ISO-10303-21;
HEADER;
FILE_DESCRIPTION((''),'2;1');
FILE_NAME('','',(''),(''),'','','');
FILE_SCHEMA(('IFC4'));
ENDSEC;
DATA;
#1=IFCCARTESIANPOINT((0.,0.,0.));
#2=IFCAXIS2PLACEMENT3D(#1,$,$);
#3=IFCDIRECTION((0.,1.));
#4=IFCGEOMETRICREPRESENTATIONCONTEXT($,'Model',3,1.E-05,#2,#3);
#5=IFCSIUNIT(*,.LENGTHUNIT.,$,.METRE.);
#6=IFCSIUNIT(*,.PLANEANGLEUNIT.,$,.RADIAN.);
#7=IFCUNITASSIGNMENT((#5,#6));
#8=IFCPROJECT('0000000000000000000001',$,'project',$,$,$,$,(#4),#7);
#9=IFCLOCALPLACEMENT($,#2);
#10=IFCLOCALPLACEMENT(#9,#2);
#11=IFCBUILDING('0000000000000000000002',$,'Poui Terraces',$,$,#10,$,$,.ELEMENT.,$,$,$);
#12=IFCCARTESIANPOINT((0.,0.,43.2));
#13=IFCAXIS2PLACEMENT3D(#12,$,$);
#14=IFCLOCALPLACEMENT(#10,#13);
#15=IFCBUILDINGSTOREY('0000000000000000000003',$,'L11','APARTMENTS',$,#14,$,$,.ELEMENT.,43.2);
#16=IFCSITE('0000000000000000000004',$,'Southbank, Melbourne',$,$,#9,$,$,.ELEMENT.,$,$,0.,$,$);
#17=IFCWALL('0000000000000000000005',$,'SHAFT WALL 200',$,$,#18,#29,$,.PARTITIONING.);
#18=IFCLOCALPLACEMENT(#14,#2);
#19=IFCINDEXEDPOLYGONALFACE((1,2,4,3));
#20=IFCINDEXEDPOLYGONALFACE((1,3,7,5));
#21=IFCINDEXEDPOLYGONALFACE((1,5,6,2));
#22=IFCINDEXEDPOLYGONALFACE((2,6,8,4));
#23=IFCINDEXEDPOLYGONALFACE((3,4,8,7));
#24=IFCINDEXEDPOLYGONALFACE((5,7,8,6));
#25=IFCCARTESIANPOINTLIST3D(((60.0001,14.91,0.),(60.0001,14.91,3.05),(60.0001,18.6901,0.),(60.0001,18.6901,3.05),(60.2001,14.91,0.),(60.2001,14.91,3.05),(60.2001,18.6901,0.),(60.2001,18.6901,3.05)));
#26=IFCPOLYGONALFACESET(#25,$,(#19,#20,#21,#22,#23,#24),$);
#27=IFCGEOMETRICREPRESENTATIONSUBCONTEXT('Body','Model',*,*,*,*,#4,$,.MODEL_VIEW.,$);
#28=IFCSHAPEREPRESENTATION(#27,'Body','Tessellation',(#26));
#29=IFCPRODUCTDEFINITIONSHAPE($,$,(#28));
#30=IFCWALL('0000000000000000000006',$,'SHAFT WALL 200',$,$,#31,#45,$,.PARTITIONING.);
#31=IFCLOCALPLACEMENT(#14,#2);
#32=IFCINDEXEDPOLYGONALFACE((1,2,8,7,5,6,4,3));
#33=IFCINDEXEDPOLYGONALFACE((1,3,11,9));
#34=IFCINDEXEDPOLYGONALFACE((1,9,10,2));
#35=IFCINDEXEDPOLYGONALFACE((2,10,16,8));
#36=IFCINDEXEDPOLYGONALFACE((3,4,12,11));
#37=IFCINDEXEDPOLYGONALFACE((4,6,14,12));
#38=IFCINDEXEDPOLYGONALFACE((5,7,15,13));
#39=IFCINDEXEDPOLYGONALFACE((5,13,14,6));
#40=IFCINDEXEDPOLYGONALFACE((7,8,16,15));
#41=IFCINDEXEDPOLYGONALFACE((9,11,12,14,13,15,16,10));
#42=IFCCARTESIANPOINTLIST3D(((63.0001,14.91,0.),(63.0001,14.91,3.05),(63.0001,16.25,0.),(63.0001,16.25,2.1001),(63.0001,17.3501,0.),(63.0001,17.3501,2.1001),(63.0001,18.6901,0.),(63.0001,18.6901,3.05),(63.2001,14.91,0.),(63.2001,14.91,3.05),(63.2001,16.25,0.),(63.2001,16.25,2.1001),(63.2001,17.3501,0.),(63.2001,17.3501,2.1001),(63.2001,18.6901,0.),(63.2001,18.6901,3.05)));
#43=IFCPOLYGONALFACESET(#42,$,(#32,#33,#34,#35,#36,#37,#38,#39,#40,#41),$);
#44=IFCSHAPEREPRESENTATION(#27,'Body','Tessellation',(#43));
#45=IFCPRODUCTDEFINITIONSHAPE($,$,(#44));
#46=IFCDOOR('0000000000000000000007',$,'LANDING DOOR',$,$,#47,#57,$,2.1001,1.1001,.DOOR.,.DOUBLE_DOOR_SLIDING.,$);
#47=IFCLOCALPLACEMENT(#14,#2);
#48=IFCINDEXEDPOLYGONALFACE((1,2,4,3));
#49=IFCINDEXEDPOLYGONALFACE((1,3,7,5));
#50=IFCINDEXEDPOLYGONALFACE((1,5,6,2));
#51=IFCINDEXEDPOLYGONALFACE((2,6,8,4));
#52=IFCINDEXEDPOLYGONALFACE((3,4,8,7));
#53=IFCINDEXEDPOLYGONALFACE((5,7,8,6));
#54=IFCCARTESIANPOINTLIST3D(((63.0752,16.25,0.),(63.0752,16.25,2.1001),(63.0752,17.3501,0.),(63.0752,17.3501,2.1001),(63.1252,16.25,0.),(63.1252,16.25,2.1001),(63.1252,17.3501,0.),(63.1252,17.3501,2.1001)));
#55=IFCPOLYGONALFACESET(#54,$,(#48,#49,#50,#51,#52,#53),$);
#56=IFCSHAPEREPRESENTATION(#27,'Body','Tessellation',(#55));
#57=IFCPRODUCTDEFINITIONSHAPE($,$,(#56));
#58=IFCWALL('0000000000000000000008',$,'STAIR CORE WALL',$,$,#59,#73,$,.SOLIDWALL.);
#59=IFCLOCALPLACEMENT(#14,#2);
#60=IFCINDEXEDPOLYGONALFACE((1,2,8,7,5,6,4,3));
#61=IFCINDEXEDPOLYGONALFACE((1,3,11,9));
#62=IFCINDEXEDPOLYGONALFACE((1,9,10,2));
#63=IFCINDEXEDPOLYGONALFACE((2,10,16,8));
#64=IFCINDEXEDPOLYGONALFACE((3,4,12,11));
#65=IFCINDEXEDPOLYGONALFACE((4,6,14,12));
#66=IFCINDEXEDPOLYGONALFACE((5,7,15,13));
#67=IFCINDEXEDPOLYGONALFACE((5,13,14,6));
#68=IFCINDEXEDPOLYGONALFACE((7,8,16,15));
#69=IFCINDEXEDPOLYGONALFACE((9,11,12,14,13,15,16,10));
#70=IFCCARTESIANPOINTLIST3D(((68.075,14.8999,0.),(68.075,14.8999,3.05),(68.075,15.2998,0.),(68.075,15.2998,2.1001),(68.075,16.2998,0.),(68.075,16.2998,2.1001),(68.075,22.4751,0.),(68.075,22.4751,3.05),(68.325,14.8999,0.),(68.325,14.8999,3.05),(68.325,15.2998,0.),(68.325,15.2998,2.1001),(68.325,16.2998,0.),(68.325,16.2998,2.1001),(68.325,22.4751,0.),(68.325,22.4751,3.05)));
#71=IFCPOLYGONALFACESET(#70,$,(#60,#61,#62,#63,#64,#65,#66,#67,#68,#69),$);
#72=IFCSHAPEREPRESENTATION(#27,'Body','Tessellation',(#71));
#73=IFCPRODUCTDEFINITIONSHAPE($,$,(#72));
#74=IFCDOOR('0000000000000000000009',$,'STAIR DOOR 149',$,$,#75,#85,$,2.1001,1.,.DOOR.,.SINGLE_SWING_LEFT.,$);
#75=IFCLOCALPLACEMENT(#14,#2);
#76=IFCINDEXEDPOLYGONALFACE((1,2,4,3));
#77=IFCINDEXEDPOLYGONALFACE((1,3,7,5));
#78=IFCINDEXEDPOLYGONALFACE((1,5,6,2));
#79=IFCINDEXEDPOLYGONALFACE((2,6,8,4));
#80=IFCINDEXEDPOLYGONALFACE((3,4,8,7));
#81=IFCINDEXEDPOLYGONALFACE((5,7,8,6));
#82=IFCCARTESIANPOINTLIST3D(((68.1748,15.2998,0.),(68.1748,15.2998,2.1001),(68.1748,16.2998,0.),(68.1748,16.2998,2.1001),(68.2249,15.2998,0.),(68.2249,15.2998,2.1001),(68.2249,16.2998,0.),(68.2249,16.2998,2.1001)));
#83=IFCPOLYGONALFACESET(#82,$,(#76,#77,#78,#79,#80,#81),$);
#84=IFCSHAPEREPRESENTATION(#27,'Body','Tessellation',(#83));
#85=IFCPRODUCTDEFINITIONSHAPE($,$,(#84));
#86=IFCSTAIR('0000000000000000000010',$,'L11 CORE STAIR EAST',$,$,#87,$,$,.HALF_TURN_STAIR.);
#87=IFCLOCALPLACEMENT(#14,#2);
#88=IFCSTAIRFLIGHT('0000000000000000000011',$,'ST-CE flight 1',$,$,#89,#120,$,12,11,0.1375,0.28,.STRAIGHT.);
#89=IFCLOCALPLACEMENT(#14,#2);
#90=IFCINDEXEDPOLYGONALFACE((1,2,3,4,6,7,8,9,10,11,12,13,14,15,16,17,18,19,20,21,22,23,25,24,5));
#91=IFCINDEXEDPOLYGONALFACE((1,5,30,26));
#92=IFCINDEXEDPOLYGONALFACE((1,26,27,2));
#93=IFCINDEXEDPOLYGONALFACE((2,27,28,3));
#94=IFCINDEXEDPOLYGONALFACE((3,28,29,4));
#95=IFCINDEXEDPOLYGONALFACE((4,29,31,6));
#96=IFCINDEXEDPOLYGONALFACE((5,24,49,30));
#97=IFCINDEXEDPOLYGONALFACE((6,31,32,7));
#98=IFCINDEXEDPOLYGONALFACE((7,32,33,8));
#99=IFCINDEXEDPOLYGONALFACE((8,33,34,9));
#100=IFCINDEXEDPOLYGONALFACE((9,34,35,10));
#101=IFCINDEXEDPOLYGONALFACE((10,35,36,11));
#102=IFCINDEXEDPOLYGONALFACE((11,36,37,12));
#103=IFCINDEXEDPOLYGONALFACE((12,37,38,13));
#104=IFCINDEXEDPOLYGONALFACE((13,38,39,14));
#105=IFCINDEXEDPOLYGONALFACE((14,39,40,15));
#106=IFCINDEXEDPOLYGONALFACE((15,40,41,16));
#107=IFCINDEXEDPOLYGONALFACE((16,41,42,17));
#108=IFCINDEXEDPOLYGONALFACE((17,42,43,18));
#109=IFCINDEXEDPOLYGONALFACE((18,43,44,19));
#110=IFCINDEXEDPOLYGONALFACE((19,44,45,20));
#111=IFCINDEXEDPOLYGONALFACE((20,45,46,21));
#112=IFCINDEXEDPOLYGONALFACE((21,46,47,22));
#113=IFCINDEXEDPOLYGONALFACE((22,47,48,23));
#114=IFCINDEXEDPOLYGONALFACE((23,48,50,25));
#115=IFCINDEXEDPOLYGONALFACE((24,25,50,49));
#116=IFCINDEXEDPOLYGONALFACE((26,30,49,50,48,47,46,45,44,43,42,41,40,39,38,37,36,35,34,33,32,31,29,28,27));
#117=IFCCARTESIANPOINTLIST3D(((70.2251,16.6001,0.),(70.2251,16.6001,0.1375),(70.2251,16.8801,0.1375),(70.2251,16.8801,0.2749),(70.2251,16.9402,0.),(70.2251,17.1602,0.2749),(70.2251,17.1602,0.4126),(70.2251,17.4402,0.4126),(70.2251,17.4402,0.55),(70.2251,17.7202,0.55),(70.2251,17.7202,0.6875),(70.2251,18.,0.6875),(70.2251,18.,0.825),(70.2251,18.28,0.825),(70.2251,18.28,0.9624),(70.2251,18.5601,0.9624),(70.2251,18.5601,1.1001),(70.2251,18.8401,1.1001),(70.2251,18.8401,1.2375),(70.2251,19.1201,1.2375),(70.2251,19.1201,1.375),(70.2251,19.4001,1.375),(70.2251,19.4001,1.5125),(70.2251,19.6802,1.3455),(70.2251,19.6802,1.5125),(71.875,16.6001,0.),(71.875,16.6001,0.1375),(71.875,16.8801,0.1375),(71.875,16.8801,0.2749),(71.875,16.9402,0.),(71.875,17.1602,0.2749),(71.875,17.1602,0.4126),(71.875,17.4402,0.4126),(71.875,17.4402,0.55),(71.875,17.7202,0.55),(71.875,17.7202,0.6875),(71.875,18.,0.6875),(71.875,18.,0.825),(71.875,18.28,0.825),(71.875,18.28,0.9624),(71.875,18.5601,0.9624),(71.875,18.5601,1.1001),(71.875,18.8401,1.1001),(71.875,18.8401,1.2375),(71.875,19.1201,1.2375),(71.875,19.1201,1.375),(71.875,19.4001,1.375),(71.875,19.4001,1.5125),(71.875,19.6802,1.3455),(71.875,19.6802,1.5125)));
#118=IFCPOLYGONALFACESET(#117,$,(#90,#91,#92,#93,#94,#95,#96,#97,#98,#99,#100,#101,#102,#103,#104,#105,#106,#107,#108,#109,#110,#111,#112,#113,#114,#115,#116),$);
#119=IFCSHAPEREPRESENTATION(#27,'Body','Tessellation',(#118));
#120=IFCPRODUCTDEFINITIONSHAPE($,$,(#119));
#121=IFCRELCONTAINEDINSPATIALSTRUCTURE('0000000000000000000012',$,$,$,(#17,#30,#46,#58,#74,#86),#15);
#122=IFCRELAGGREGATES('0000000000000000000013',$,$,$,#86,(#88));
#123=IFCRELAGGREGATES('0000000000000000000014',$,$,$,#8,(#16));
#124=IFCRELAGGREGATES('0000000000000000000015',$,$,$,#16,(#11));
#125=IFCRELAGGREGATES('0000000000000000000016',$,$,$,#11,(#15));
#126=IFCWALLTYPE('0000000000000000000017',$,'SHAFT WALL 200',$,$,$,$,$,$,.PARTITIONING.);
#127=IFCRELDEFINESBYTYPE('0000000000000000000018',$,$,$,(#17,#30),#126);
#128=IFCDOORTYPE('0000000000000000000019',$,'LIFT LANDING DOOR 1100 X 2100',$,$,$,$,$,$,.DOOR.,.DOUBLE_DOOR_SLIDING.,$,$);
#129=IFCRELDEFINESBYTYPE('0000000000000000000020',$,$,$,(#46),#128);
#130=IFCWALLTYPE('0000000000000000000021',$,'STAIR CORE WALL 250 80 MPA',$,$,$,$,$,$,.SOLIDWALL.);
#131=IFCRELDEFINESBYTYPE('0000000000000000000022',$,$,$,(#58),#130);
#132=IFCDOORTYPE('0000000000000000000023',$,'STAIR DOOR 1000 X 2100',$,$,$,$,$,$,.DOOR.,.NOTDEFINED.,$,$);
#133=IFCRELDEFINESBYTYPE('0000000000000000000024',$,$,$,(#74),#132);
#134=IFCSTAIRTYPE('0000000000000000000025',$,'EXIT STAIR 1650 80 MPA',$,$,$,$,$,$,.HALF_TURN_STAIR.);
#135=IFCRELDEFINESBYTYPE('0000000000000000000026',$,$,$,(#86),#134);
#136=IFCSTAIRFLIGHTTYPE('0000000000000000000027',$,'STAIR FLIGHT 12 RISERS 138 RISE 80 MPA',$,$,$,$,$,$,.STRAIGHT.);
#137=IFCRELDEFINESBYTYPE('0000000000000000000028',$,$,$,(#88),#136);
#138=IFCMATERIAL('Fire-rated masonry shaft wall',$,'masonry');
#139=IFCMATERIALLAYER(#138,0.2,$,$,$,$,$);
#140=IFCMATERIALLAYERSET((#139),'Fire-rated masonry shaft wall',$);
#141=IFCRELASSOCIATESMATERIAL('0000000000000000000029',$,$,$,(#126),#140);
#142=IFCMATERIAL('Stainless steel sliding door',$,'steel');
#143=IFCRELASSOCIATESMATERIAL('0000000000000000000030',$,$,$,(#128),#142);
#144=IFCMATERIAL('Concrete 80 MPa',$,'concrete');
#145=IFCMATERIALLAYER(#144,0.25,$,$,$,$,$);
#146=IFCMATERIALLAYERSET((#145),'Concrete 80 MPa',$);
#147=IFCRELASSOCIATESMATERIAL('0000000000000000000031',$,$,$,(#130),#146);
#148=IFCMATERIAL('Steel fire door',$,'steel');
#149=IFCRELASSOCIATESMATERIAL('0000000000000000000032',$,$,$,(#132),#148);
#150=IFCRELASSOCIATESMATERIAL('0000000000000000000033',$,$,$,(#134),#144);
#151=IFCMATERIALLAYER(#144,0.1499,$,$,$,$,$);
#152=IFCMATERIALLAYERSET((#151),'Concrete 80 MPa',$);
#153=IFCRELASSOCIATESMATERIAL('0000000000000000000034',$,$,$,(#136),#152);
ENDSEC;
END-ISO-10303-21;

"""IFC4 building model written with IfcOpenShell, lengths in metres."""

from ifc_helpers import new_model, si_unit, direction, frame, frame_2d, origin, place, context, subcontext, project, spatial, polyline, rectangle, outline, extrude, material, layer, layer_set, type_object, element, fill, aggregate, save


model = new_model("IFC4")

# Units and contexts
model_context = context("Model", 3, precision=1e-05, world=origin(), true_north=direction((0.0, 1.0)))
body_context = subcontext(model_context, "Body", "Model", "MODEL_VIEW")
ifc_project = project(units=[si_unit("LENGTHUNIT", "METRE"), si_unit("PLANEANGLEUNIT", "RADIAN")], contexts=[model_context])

# Site, building, storey
site_placement = place(None, origin())
site = spatial("IfcSite", under=ifc_project, at=site_placement, Name="Southbank, Melbourne", CompositionType="ELEMENT", RefElevation=0.0)
building_placement = place(site_placement, origin())
building = spatial("IfcBuilding", under=site, at=building_placement, Name="Poui Terraces", CompositionType="ELEMENT")
storey_placement = place(building_placement, frame((0.0, 0.0, 43.2)))
storey = spatial("IfcBuildingStorey", under=building, at=storey_placement, Name="L11", Description="APARTMENTS", CompositionType="ELEMENT", Elevation=43.2)

# Shared definitions
ifc_material_1 = material(Name="Concrete 80 MPa", Category="concrete")

# Shared definitions
ifc_material_2 = material(Name="Steel fire door", Category="steel")

# Wall
ifc_material_3 = material(Name="Fire-rated masonry shaft wall", Category="masonry")
ifc_layer_1 = layer(ifc_material_3, 0.2)
ifc_layer_set_1 = layer_set([ifc_layer_1], Name="Fire-rated masonry shaft wall")
wall_type_1 = type_object("IfcWallType", Name="SHAFT WALL 200", PredefinedType="PARTITIONING", material=ifc_layer_set_1)
wall_1_placement = place(storey_placement, frame((60.1001, 14.9099, 0.0), z_axis=(0.0, 0.0, 1.0), x_axis=(0.0, 1.0, 0.0)))
element("IfcWall", 1, at=wall_1_placement, inside=storey, type_object=wall_type_1, Name="SHAFT WALL 200", PredefinedType="PARTITIONING", context=body_context, shape_type="SweptSolid", body=[
    extrude(rectangle(XDim=3.78, YDim=0.2, at=frame_2d((1.8901, 0.0))), origin(), (0.0, 0.0, 1.0), 3.05),
])

# Walls, openings, doors
wall_2_placement = place(storey_placement, frame((63.1001, 14.9099, 0.0), z_axis=(0.0, 0.0, 1.0), x_axis=(0.0, 1.0, 0.0)))
wall_2 = element("IfcWall", 2, at=wall_2_placement, inside=storey, type_object=wall_type_1, Name="SHAFT WALL 200", PredefinedType="PARTITIONING", context=body_context, shape_type="SweptSolid", body=[
    extrude(rectangle(XDim=3.78, YDim=0.2, at=frame_2d((1.8901, 0.0))), origin(), (0.0, 0.0, 1.0), 3.05),
])
opening_1_placement = place(wall_2_placement, frame((1.3401, 0.0, 0.0)))
opening_1 = element("IfcOpeningElement", 3, at=opening_1_placement, cuts=wall_2, PredefinedType="OPENING", context=body_context, shape_type="SweptSolid", body=[
    extrude(rectangle(XDim=1.1001, YDim=2.1001, at=frame_2d((0.55, 1.05))), frame((0.0, 0.1099, 0.0), z_axis=(0.0, -1.0, 0.0), x_axis=(1.0, 0.0, 0.0)), (0.0, 0.0, 1.0), 0.22),
])
ifc_material_4 = material(Name="Stainless steel sliding door", Category="steel")
door_type_1 = type_object("IfcDoorType", Name="LIFT LANDING DOOR 1100 X 2100", OperationType="DOUBLE_DOOR_SLIDING", PredefinedType="DOOR", material=ifc_material_4)
door_1_placement = place(opening_1_placement, origin())
door_1 = element("IfcDoor", 4, at=door_1_placement, inside=storey, type_object=door_type_1, Name="LANDING DOOR", OperationType="DOUBLE_DOOR_SLIDING", OverallHeight=2.1001, OverallWidth=1.1001, PredefinedType="DOOR", context=body_context, shape_type="SweptSolid", body=[
    extrude(rectangle(XDim=1.1001, YDim=2.1001, at=frame_2d((0.55, 1.05))), frame((0.0, 0.0249, 0.0), z_axis=(0.0, -1.0, 0.0), x_axis=(1.0, 0.0, 0.0)), (0.0, 0.0, 1.0), 0.05),
])
fill(opening_1, door_1)
ifc_layer_2 = layer(ifc_material_1, 0.25)
ifc_layer_set_2 = layer_set([ifc_layer_2], Name="Concrete 80 MPa")
wall_type_2 = type_object("IfcWallType", Name="STAIR CORE WALL 250 80 MPA", PredefinedType="SOLIDWALL", material=ifc_layer_set_2)
wall_3_placement = place(storey_placement, frame((68.2, 14.8999, 0.0), z_axis=(0.0, 0.0, 1.0), x_axis=(0.0, 1.0, 0.0)))
wall_3 = element("IfcWall", 5, at=wall_3_placement, inside=storey, type_object=wall_type_2, Name="STAIR CORE WALL", PredefinedType="SOLIDWALL", context=body_context, shape_type="SweptSolid", body=[
    extrude(rectangle(XDim=7.5752, YDim=0.25, at=frame_2d((3.7876, 0.0))), origin(), (0.0, 0.0, 1.0), 3.05),
])
opening_2_placement = place(wall_3_placement, frame((0.3999, 0.0, 0.0)))
opening_2 = element("IfcOpeningElement", 6, at=opening_2_placement, cuts=wall_3, PredefinedType="OPENING", context=body_context, shape_type="SweptSolid", body=[
    extrude(rectangle(XDim=1.0, YDim=2.1001, at=frame_2d((0.5, 1.05))), frame((0.0, 0.135, 0.0), z_axis=(0.0, -1.0, 0.0), x_axis=(1.0, 0.0, 0.0)), (0.0, 0.0, 1.0), 0.27),
])
door_type_2 = type_object("IfcDoorType", Name="STAIR DOOR 1000 X 2100", OperationType="NOTDEFINED", PredefinedType="DOOR", material=ifc_material_2)
door_2_placement = place(opening_2_placement, frame((1.0, 0.0, 0.0), z_axis=(0.0, 0.0, 1.0), x_axis=(-1.0, 0.0, 0.0)))
door_2 = element("IfcDoor", 7, at=door_2_placement, inside=storey, type_object=door_type_2, Name="STAIR DOOR 149", OperationType="SINGLE_SWING_LEFT", OverallHeight=2.1001, OverallWidth=1.0, PredefinedType="DOOR", context=body_context, shape_type="SweptSolid", body=[
    extrude(rectangle(XDim=1.0, YDim=2.1001, at=frame_2d((0.5, 1.05))), frame((0.0, 0.0249, 0.0), z_axis=(0.0, -1.0, 0.0), x_axis=(1.0, 0.0, 0.0)), (0.0, 0.0, 1.0), 0.05),
])
fill(opening_2, door_2)

# Stair, stair flight
stair_type = type_object("IfcStairType", Name="EXIT STAIR 1650 80 MPA", PredefinedType="HALF_TURN_STAIR", material=ifc_material_1)
stair_placement = place(storey_placement, origin())
stair = element("IfcStair", 8, at=stair_placement, inside=storey, type_object=stair_type, Name="L11 CORE STAIR EAST", PredefinedType="HALF_TURN_STAIR")
ifc_layer_3 = layer(ifc_material_1, 0.1499)
ifc_layer_set_3 = layer_set([ifc_layer_3], Name="Concrete 80 MPa")
stair_flight_type = type_object("IfcStairFlightType", Name="STAIR FLIGHT 12 RISERS 138 RISE 80 MPA", PredefinedType="STRAIGHT", material=ifc_layer_set_3)
stair_flight_placement = place(storey_placement, frame((71.05, 16.6001, 0.0), z_axis=(0.0, 0.0, 1.0), x_axis=(0.0, 1.0, 0.0)))
stair_flight = element("IfcStairFlight", 9, at=stair_flight_placement, type_object=stair_flight_type, Name="ST-CE flight 1", NumberOfRisers=12, NumberOfTreads=11, PredefinedType="STRAIGHT", RiserHeight=0.1375, TreadLength=0.28, context=body_context, shape_type="SweptSolid", body=[
    extrude(outline(polyline([(0.0, 0.0), (0.0, 0.1375), (0.28, 0.1375), (0.28, 0.2749), (0.5601, 0.2749), (0.5601, 0.4126), (0.8401, 0.4126), (0.8401, 0.55), (1.1201, 0.55), (1.1201, 0.6875), (1.3999, 0.6875), (1.3999, 0.825), (1.6799, 0.825), (1.6799, 0.9624), (1.96, 0.9624), (1.96, 1.1001), (2.24, 1.1001), (2.24, 1.2375), (2.52, 1.2375), (2.52, 1.375), (2.8, 1.375), (2.8, 1.5125), (3.0801, 1.5125), (3.0801, 1.6499), (3.0801, 1.3455), (0.3401, 0.0), (0.0, 0.0)])), frame((0.0, 0.825, 0.0), z_axis=(0.0, -1.0, 0.0), x_axis=(1.0, 0.0, 0.0)), (0.0, 0.0, 1.0), 1.6499),
])
aggregate(stair, [stair_flight])

save(model, "model.ifc")
